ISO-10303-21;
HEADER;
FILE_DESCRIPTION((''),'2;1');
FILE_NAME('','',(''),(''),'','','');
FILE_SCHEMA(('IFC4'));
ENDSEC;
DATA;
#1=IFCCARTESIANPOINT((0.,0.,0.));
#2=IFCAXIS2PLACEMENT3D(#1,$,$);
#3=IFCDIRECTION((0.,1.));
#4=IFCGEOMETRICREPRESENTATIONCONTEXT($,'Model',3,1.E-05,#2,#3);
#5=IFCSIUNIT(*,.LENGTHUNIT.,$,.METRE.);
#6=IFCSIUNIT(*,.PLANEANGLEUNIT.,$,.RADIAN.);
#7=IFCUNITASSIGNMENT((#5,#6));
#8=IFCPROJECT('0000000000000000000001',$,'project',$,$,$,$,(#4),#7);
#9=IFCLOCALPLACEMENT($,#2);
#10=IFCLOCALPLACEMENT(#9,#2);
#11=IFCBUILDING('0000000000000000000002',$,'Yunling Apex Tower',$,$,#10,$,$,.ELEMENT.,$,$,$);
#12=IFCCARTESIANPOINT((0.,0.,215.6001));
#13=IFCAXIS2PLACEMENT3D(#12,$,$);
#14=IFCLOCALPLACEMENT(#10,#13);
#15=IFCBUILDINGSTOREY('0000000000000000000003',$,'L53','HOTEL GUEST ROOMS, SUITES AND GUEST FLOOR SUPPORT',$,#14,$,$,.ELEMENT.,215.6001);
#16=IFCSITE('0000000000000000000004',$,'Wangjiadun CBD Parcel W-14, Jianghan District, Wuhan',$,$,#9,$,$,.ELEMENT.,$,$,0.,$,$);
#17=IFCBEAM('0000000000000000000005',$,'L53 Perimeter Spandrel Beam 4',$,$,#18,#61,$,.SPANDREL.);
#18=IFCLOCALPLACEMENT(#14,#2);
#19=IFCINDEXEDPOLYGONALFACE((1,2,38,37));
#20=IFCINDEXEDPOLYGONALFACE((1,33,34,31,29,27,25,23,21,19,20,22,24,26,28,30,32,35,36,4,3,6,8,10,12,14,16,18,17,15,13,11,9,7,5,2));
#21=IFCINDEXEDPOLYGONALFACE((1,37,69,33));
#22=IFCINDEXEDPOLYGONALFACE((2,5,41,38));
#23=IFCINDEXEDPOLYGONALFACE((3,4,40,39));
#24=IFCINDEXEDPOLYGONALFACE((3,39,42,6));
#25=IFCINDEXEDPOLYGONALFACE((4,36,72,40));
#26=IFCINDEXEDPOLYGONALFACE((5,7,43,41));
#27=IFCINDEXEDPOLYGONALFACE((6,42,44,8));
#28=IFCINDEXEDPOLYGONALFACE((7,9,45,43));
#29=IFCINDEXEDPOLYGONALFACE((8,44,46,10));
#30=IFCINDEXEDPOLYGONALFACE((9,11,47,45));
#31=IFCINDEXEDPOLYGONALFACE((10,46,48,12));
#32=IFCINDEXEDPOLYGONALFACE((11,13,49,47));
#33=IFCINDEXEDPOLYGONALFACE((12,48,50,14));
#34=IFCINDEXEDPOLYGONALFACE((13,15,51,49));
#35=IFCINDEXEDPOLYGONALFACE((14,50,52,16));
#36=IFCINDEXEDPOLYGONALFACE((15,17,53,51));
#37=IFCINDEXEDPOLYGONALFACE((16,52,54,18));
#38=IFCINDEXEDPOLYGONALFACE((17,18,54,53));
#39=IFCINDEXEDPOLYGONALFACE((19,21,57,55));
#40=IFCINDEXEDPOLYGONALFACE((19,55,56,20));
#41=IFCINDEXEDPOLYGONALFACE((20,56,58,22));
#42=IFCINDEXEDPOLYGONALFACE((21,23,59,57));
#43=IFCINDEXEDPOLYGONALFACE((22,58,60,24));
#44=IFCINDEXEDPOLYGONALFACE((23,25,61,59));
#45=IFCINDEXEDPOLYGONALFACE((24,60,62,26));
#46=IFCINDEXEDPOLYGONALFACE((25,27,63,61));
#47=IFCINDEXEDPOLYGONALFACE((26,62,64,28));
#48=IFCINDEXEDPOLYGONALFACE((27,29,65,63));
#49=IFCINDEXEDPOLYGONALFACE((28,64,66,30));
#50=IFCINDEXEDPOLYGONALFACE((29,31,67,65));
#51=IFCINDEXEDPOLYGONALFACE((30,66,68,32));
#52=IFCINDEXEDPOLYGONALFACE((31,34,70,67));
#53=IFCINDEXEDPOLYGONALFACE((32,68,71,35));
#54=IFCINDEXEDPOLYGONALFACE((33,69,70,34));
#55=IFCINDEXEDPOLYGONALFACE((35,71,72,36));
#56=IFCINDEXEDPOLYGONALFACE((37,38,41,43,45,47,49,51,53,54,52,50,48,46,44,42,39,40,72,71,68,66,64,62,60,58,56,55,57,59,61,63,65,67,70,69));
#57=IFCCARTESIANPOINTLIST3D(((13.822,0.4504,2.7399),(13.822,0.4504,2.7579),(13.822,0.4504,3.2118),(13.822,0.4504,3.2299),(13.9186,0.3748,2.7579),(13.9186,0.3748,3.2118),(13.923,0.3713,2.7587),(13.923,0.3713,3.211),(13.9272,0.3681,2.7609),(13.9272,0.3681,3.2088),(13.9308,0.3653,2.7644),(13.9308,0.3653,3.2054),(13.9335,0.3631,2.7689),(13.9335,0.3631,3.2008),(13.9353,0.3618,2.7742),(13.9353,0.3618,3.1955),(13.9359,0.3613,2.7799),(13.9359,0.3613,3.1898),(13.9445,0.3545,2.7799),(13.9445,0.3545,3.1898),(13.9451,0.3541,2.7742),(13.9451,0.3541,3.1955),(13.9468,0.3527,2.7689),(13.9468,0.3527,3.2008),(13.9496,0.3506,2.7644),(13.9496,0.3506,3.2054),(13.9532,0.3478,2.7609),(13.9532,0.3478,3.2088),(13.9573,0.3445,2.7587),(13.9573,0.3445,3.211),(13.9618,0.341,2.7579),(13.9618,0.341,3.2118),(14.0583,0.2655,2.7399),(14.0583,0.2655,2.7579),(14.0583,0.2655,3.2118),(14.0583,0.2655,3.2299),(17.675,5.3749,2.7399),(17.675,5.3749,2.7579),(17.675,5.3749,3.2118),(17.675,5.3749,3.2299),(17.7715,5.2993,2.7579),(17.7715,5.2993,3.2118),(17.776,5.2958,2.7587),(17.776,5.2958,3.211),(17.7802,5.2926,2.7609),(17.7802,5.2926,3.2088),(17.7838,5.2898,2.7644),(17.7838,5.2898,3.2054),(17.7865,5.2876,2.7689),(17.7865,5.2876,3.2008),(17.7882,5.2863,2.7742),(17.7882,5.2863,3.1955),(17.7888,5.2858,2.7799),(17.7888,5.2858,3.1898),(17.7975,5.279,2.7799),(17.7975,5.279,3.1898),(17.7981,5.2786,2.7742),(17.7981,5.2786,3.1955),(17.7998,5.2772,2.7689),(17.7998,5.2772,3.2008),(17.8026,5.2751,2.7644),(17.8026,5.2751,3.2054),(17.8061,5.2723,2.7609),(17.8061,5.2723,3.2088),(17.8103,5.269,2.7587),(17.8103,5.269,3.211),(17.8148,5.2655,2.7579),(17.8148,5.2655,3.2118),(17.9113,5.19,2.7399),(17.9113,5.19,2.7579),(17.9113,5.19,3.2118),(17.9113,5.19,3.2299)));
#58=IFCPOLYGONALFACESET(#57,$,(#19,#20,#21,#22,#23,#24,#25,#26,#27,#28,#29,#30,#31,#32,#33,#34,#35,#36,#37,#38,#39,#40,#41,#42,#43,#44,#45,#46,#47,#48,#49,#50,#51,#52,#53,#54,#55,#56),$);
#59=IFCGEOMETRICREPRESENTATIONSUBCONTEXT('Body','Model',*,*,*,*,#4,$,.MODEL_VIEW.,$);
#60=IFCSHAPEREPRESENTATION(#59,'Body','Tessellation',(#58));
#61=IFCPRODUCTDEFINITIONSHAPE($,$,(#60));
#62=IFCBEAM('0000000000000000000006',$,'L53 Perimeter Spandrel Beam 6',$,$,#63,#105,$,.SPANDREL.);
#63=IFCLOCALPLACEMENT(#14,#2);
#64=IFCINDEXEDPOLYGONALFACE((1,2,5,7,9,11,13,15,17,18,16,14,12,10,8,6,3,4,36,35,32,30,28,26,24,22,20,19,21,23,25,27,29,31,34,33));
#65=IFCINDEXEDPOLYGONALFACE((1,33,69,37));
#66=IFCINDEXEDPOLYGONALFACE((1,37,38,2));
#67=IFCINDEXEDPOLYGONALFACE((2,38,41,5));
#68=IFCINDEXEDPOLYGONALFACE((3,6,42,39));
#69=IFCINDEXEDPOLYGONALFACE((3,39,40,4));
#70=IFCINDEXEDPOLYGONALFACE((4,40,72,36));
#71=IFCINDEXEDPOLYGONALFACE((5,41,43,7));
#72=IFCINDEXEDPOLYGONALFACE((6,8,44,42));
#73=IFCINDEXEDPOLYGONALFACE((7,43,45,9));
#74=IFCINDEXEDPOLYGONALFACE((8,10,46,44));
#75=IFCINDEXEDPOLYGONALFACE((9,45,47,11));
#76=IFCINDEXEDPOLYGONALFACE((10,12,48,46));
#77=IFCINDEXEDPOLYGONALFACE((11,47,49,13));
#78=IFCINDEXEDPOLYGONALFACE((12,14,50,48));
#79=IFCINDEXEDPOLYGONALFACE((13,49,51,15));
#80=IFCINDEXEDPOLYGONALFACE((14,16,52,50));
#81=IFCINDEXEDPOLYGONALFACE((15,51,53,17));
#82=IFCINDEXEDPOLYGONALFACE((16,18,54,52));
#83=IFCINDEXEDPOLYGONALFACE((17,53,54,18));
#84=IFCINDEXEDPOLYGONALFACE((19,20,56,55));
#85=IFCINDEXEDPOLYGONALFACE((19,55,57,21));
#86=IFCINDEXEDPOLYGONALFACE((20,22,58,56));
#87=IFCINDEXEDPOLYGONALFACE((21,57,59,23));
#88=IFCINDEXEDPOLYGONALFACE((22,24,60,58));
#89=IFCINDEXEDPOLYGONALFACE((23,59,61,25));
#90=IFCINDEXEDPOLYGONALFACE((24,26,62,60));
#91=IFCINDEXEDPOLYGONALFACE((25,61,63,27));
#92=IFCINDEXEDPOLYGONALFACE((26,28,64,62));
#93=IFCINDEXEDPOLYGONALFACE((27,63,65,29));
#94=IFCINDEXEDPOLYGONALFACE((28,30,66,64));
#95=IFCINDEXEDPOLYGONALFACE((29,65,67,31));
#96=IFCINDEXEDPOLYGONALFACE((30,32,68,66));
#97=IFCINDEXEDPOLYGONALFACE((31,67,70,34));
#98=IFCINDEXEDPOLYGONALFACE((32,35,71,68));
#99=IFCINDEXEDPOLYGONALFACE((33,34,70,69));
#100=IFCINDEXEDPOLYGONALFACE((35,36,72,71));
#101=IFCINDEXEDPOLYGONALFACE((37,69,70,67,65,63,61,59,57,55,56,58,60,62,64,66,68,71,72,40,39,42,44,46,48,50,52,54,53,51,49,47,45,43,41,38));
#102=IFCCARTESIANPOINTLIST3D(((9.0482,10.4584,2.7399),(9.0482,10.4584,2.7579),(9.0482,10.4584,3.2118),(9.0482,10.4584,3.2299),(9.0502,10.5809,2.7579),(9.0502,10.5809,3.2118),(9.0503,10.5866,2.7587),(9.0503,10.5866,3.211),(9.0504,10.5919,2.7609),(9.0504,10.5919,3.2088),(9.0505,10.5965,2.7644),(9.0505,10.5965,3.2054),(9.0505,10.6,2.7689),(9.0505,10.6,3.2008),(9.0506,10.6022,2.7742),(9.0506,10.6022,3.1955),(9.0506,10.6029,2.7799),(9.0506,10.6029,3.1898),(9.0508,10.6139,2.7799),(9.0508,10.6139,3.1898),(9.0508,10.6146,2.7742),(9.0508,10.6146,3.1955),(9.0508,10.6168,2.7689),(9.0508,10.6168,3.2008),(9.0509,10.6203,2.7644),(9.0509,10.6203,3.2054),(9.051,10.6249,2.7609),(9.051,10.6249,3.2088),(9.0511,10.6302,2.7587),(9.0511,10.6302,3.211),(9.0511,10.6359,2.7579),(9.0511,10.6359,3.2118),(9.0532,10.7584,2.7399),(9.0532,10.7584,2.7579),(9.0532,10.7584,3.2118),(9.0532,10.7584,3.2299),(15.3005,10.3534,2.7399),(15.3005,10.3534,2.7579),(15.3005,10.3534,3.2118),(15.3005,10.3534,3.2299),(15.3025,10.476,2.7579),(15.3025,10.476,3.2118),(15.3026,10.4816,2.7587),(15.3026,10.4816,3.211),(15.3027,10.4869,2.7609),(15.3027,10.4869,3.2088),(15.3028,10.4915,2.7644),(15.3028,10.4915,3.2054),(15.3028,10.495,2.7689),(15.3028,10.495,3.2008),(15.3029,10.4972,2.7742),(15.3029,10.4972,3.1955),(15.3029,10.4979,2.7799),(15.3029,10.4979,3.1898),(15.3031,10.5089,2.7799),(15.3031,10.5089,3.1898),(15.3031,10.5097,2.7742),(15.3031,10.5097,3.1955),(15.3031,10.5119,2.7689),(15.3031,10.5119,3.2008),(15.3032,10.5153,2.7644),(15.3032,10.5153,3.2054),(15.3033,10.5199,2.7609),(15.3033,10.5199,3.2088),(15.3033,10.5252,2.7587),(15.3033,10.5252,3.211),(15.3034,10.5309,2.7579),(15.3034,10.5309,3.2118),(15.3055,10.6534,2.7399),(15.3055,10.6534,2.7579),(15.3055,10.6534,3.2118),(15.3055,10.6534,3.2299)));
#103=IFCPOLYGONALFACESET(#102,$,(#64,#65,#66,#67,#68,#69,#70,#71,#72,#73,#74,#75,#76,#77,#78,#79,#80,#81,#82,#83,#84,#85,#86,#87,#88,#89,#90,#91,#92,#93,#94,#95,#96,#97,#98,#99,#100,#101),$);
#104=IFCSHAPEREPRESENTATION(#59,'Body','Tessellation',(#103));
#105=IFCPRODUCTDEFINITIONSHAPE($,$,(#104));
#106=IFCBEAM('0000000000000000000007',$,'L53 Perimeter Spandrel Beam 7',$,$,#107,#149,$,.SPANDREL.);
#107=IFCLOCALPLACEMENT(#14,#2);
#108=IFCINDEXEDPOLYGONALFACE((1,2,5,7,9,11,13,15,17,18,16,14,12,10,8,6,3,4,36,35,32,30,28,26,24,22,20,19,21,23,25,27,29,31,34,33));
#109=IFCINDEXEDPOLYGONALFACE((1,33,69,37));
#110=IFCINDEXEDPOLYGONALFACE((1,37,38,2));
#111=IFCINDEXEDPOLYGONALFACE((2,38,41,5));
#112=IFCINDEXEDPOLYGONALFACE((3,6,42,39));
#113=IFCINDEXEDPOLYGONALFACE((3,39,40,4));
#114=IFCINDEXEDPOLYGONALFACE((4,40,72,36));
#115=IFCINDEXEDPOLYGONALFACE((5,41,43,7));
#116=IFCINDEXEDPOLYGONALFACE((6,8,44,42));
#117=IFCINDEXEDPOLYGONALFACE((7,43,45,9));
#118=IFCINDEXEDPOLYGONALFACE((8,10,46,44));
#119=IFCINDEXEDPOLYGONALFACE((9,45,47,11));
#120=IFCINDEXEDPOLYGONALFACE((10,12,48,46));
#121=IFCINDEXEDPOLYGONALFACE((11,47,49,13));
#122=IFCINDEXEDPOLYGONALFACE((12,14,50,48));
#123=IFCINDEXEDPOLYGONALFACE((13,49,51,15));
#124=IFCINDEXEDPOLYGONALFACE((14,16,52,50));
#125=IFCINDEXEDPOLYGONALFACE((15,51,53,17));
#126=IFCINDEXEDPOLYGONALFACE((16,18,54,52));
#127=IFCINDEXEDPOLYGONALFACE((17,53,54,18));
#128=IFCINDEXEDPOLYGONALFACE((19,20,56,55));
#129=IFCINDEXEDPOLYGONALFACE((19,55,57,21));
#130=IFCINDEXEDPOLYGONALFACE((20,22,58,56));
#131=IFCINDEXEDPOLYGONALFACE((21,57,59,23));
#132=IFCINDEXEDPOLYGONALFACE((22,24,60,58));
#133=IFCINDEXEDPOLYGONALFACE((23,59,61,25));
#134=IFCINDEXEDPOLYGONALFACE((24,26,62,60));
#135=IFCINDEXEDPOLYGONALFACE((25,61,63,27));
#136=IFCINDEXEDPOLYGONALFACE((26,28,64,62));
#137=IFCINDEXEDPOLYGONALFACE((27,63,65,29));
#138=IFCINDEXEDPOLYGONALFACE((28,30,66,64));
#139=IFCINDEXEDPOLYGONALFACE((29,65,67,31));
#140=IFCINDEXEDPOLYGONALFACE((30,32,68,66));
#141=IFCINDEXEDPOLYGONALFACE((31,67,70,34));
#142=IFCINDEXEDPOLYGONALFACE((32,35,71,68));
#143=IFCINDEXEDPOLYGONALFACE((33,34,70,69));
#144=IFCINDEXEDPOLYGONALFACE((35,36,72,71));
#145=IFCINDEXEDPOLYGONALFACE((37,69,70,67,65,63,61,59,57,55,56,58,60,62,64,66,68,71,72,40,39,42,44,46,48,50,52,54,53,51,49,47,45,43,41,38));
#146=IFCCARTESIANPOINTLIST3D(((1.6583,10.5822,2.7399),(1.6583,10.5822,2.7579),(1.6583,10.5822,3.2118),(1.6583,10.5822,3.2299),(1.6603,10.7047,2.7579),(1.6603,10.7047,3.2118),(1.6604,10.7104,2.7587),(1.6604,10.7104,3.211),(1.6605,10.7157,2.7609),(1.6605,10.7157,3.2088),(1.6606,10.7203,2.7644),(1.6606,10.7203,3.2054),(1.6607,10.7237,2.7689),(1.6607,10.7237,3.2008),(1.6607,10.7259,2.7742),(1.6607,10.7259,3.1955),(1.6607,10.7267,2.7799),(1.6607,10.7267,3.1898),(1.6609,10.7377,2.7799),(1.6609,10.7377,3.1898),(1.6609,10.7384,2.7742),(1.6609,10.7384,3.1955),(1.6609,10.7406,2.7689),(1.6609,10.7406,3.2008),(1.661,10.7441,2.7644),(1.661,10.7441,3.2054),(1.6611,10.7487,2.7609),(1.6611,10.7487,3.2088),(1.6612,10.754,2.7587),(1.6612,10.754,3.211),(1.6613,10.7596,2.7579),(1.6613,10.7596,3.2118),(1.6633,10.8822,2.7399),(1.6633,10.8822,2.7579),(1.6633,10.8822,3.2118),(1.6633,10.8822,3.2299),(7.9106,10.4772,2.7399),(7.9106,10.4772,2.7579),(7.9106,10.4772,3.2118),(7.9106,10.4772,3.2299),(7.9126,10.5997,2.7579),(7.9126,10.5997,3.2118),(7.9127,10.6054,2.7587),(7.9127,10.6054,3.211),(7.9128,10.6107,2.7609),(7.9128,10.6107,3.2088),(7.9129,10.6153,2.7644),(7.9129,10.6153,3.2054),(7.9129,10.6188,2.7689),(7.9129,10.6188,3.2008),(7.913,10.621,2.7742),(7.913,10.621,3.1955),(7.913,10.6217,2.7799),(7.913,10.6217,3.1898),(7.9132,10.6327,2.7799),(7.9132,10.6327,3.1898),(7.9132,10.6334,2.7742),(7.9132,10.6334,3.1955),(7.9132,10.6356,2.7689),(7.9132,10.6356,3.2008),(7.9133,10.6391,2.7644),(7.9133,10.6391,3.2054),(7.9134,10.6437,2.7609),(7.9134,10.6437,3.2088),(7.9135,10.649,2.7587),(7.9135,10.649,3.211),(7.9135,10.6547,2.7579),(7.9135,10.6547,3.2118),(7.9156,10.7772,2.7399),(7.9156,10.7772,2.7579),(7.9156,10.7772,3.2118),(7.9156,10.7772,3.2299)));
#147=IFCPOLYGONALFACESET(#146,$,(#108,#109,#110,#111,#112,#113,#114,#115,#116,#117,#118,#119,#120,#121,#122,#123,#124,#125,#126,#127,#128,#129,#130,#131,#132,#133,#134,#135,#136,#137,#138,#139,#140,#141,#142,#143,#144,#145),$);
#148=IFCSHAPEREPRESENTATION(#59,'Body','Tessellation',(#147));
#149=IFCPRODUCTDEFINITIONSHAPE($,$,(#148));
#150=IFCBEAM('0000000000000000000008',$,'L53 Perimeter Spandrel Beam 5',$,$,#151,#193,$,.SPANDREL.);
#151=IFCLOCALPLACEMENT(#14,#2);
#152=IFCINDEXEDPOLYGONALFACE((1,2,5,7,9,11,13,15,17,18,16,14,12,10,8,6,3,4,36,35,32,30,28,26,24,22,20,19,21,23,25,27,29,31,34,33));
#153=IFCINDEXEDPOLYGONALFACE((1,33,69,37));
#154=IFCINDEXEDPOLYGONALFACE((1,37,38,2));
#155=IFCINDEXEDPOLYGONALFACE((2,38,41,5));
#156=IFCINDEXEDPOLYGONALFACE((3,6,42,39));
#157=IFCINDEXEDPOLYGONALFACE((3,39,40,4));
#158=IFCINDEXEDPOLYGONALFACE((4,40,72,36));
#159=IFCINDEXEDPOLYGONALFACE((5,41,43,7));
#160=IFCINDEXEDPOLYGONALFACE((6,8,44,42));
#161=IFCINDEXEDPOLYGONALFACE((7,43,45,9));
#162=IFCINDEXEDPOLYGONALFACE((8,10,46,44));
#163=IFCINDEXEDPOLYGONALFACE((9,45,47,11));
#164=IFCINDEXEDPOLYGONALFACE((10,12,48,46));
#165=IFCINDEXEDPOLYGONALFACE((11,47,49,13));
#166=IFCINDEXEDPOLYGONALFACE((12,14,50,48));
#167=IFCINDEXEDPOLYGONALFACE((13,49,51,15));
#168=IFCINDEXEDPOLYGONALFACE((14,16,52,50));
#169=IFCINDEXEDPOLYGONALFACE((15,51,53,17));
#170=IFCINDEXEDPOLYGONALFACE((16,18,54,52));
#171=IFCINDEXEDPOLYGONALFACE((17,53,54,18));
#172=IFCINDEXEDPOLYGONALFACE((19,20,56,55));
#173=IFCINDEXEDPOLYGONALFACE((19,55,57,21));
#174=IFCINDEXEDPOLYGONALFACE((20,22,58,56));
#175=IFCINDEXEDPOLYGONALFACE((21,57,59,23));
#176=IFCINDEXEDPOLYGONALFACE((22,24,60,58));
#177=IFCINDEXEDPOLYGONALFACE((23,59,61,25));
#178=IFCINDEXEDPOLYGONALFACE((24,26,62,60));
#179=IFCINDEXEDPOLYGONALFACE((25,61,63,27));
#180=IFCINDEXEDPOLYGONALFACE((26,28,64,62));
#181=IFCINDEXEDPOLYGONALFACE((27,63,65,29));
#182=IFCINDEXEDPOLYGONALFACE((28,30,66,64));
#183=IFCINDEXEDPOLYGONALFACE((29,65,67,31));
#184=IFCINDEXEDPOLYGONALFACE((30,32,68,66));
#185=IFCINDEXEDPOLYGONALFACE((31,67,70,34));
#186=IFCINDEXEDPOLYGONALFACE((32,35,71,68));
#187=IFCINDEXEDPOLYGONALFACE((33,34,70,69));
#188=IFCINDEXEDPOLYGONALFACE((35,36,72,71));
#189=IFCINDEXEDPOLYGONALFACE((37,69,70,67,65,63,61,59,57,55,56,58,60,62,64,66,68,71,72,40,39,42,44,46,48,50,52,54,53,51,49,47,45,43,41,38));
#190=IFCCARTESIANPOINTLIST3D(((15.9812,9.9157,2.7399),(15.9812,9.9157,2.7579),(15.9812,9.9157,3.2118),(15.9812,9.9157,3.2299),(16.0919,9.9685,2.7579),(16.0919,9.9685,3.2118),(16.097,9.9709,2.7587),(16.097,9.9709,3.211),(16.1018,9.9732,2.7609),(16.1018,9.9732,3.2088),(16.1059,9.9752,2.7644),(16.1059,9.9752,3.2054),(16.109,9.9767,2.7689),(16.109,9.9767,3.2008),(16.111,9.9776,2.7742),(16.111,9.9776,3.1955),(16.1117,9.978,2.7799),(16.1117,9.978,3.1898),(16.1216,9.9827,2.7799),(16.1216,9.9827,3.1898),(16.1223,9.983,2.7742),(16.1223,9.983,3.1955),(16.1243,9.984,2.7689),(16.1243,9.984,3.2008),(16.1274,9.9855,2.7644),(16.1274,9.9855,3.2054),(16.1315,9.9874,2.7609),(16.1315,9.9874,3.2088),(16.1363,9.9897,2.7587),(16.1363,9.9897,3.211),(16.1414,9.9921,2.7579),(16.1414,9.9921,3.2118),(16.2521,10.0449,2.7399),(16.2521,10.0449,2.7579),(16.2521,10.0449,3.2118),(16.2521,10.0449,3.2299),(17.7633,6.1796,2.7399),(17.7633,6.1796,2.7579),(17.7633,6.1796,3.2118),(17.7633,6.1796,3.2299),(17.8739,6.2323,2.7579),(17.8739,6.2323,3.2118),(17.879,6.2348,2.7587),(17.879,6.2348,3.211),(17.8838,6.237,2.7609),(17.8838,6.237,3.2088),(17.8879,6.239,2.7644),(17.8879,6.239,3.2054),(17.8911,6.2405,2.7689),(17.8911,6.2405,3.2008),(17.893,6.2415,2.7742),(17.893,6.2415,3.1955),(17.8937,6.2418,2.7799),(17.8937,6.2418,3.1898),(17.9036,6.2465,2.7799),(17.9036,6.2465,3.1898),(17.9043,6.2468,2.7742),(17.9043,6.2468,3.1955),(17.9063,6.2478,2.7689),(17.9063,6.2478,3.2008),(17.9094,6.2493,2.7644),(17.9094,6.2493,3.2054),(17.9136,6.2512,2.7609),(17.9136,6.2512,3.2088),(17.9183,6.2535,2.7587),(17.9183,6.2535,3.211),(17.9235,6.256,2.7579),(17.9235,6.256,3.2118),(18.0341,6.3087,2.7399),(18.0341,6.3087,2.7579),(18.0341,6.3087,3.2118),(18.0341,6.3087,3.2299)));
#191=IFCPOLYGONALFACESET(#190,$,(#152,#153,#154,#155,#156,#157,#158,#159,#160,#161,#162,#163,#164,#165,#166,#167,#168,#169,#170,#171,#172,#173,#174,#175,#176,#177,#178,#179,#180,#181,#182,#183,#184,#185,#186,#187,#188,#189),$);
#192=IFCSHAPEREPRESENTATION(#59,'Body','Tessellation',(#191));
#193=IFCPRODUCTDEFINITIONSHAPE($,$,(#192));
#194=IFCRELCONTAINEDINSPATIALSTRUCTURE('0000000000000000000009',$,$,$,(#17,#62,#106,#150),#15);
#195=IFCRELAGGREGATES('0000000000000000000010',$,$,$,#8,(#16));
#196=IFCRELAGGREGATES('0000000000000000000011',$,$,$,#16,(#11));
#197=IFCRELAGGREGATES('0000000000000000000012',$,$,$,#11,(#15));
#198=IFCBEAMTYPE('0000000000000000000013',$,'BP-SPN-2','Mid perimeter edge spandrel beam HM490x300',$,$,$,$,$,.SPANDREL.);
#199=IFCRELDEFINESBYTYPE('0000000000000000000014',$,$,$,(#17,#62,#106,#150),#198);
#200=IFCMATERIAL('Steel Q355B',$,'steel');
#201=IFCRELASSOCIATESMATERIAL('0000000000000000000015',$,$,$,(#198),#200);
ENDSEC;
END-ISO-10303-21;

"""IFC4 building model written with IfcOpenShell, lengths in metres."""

from ifc_helpers import new_model, si_unit, direction, frame, origin, origin_2d, place, context, subcontext, project, spatial, i_section, extrude, source, transform, mapped, material, material_profile, profile_set, type_object, element, save


model = new_model("IFC4")

# Units and contexts
model_context = context("Model", 3, precision=1e-05, world=origin(), true_north=direction((0.0, 1.0)))
body_context = subcontext(model_context, "Body", "Model", "MODEL_VIEW")
ifc_project = project(units=[si_unit("LENGTHUNIT", "METRE"), si_unit("PLANEANGLEUNIT", "RADIAN")], contexts=[model_context])

# Site, building, storey
site_placement = place(None, origin())
site = spatial("IfcSite", under=ifc_project, at=site_placement, Name="Wangjiadun CBD Parcel W-14, Jianghan District, Wuhan", CompositionType="ELEMENT", RefElevation=0.0)
building_placement = place(site_placement, origin())
building = spatial("IfcBuilding", under=site, at=building_placement, Name="Yunling Apex Tower", CompositionType="ELEMENT")
storey_placement = place(building_placement, frame((0.0, 0.0, 215.6001)))
storey = spatial("IfcBuildingStorey", under=building, at=storey_placement, Name="L53", Description="HOTEL GUEST ROOMS, SUITES AND GUEST FLOOR SUPPORT", CompositionType="ELEMENT", Elevation=215.6001)

# Beams
ifc_material_1 = material(Name="Steel Q355B", Category="steel")
ifc_material_profile_1 = material_profile(ifc_material_1, i_section(OverallWidth=0.3, OverallDepth=0.49, WebThickness=0.011, FlangeThickness=0.0181, FilletRadius=0.022, at=origin_2d()))
ifc_profile_set_1 = profile_set([ifc_material_profile_1], Name="Steel Q355B")
beam_type_1 = type_object("IfcBeamType", Name="BP-SPN-2", Description="Mid perimeter edge spandrel beam HM490x300", PredefinedType="SPANDREL", material=ifc_profile_set_1)
shared_shape_1 = source(origin(), body_context, "Body", "SweptSolid", [
    extrude(i_section(OverallWidth=0.3, OverallDepth=0.49, WebThickness=0.011, FlangeThickness=0.0181, FilletRadius=0.022, at=origin_2d()), origin(), (0.0, 0.0, 1.0), 6.2527),
])
beam_1_placement = place(storey_placement, frame((13.9402, 0.3579, 2.9849), z_axis=(0.616211, 0.787581, 0.0), x_axis=(-0.787581, 0.616211, 0.0)))
element("IfcBeam", 1, at=beam_1_placement, inside=storey, type_object=beam_type_1, Name="L53 Perimeter Spandrel Beam 4", PredefinedType="SPANDREL", context=body_context, shape_type="MappedRepresentation", body=[
    mapped(shared_shape_1, transform((0.0, 0.0, 0.0), scale=1.0)),
])
shared_shape_2 = source(origin(), body_context, "Body", "SweptSolid", [
    extrude(i_section(OverallWidth=0.3, OverallDepth=0.49, WebThickness=0.011, FlangeThickness=0.0181, FilletRadius=0.022, at=origin_2d()), origin(), (0.0, 0.0, 1.0), 6.2532),
])
for number, where, z_axis, x_axis, name in (
    (2, (15.303, 10.5034, 2.9849), (-0.999859, 0.016789, 0.0), (-0.016789, -0.999859, 0.0), "L53 Perimeter Spandrel Beam 6"),
    (3, (7.9131, 10.6272, 2.9849), (-0.999859, 0.016789, 0.0), (-0.016789, -0.999859, 0.0), "L53 Perimeter Spandrel Beam 7"),
):
    element("IfcBeam", number, at=place(storey_placement, frame(where, z_axis=z_axis, x_axis=x_axis)), inside=storey, type_object=beam_type_1, Name=name, PredefinedType="SPANDREL", context=body_context, shape_type="MappedRepresentation", body=[
        mapped(shared_shape_2, transform((0.0, 0.0, 0.0), scale=1.0)),
    ])
shared_shape_3 = source(origin(), body_context, "Body", "SweptSolid", [
    extrude(i_section(OverallWidth=0.3, OverallDepth=0.49, WebThickness=0.011, FlangeThickness=0.0181, FilletRadius=0.022, at=origin_2d()), origin(), (0.0, 0.0, 1.0), 4.1394),
])
beam_2_placement = place(storey_placement, frame((17.8987, 6.2441, 2.9849), z_axis=(-0.430504, 0.902589, 0.0), x_axis=(-0.902589, -0.430504, 0.0)))
element("IfcBeam", 4, at=beam_2_placement, inside=storey, type_object=beam_type_1, Name="L53 Perimeter Spandrel Beam 5", PredefinedType="SPANDREL", context=body_context, shape_type="MappedRepresentation", body=[
    mapped(shared_shape_3, transform((0.0, 0.0, 0.0), scale=1.0)),
])

save(model, "model.ifc")
